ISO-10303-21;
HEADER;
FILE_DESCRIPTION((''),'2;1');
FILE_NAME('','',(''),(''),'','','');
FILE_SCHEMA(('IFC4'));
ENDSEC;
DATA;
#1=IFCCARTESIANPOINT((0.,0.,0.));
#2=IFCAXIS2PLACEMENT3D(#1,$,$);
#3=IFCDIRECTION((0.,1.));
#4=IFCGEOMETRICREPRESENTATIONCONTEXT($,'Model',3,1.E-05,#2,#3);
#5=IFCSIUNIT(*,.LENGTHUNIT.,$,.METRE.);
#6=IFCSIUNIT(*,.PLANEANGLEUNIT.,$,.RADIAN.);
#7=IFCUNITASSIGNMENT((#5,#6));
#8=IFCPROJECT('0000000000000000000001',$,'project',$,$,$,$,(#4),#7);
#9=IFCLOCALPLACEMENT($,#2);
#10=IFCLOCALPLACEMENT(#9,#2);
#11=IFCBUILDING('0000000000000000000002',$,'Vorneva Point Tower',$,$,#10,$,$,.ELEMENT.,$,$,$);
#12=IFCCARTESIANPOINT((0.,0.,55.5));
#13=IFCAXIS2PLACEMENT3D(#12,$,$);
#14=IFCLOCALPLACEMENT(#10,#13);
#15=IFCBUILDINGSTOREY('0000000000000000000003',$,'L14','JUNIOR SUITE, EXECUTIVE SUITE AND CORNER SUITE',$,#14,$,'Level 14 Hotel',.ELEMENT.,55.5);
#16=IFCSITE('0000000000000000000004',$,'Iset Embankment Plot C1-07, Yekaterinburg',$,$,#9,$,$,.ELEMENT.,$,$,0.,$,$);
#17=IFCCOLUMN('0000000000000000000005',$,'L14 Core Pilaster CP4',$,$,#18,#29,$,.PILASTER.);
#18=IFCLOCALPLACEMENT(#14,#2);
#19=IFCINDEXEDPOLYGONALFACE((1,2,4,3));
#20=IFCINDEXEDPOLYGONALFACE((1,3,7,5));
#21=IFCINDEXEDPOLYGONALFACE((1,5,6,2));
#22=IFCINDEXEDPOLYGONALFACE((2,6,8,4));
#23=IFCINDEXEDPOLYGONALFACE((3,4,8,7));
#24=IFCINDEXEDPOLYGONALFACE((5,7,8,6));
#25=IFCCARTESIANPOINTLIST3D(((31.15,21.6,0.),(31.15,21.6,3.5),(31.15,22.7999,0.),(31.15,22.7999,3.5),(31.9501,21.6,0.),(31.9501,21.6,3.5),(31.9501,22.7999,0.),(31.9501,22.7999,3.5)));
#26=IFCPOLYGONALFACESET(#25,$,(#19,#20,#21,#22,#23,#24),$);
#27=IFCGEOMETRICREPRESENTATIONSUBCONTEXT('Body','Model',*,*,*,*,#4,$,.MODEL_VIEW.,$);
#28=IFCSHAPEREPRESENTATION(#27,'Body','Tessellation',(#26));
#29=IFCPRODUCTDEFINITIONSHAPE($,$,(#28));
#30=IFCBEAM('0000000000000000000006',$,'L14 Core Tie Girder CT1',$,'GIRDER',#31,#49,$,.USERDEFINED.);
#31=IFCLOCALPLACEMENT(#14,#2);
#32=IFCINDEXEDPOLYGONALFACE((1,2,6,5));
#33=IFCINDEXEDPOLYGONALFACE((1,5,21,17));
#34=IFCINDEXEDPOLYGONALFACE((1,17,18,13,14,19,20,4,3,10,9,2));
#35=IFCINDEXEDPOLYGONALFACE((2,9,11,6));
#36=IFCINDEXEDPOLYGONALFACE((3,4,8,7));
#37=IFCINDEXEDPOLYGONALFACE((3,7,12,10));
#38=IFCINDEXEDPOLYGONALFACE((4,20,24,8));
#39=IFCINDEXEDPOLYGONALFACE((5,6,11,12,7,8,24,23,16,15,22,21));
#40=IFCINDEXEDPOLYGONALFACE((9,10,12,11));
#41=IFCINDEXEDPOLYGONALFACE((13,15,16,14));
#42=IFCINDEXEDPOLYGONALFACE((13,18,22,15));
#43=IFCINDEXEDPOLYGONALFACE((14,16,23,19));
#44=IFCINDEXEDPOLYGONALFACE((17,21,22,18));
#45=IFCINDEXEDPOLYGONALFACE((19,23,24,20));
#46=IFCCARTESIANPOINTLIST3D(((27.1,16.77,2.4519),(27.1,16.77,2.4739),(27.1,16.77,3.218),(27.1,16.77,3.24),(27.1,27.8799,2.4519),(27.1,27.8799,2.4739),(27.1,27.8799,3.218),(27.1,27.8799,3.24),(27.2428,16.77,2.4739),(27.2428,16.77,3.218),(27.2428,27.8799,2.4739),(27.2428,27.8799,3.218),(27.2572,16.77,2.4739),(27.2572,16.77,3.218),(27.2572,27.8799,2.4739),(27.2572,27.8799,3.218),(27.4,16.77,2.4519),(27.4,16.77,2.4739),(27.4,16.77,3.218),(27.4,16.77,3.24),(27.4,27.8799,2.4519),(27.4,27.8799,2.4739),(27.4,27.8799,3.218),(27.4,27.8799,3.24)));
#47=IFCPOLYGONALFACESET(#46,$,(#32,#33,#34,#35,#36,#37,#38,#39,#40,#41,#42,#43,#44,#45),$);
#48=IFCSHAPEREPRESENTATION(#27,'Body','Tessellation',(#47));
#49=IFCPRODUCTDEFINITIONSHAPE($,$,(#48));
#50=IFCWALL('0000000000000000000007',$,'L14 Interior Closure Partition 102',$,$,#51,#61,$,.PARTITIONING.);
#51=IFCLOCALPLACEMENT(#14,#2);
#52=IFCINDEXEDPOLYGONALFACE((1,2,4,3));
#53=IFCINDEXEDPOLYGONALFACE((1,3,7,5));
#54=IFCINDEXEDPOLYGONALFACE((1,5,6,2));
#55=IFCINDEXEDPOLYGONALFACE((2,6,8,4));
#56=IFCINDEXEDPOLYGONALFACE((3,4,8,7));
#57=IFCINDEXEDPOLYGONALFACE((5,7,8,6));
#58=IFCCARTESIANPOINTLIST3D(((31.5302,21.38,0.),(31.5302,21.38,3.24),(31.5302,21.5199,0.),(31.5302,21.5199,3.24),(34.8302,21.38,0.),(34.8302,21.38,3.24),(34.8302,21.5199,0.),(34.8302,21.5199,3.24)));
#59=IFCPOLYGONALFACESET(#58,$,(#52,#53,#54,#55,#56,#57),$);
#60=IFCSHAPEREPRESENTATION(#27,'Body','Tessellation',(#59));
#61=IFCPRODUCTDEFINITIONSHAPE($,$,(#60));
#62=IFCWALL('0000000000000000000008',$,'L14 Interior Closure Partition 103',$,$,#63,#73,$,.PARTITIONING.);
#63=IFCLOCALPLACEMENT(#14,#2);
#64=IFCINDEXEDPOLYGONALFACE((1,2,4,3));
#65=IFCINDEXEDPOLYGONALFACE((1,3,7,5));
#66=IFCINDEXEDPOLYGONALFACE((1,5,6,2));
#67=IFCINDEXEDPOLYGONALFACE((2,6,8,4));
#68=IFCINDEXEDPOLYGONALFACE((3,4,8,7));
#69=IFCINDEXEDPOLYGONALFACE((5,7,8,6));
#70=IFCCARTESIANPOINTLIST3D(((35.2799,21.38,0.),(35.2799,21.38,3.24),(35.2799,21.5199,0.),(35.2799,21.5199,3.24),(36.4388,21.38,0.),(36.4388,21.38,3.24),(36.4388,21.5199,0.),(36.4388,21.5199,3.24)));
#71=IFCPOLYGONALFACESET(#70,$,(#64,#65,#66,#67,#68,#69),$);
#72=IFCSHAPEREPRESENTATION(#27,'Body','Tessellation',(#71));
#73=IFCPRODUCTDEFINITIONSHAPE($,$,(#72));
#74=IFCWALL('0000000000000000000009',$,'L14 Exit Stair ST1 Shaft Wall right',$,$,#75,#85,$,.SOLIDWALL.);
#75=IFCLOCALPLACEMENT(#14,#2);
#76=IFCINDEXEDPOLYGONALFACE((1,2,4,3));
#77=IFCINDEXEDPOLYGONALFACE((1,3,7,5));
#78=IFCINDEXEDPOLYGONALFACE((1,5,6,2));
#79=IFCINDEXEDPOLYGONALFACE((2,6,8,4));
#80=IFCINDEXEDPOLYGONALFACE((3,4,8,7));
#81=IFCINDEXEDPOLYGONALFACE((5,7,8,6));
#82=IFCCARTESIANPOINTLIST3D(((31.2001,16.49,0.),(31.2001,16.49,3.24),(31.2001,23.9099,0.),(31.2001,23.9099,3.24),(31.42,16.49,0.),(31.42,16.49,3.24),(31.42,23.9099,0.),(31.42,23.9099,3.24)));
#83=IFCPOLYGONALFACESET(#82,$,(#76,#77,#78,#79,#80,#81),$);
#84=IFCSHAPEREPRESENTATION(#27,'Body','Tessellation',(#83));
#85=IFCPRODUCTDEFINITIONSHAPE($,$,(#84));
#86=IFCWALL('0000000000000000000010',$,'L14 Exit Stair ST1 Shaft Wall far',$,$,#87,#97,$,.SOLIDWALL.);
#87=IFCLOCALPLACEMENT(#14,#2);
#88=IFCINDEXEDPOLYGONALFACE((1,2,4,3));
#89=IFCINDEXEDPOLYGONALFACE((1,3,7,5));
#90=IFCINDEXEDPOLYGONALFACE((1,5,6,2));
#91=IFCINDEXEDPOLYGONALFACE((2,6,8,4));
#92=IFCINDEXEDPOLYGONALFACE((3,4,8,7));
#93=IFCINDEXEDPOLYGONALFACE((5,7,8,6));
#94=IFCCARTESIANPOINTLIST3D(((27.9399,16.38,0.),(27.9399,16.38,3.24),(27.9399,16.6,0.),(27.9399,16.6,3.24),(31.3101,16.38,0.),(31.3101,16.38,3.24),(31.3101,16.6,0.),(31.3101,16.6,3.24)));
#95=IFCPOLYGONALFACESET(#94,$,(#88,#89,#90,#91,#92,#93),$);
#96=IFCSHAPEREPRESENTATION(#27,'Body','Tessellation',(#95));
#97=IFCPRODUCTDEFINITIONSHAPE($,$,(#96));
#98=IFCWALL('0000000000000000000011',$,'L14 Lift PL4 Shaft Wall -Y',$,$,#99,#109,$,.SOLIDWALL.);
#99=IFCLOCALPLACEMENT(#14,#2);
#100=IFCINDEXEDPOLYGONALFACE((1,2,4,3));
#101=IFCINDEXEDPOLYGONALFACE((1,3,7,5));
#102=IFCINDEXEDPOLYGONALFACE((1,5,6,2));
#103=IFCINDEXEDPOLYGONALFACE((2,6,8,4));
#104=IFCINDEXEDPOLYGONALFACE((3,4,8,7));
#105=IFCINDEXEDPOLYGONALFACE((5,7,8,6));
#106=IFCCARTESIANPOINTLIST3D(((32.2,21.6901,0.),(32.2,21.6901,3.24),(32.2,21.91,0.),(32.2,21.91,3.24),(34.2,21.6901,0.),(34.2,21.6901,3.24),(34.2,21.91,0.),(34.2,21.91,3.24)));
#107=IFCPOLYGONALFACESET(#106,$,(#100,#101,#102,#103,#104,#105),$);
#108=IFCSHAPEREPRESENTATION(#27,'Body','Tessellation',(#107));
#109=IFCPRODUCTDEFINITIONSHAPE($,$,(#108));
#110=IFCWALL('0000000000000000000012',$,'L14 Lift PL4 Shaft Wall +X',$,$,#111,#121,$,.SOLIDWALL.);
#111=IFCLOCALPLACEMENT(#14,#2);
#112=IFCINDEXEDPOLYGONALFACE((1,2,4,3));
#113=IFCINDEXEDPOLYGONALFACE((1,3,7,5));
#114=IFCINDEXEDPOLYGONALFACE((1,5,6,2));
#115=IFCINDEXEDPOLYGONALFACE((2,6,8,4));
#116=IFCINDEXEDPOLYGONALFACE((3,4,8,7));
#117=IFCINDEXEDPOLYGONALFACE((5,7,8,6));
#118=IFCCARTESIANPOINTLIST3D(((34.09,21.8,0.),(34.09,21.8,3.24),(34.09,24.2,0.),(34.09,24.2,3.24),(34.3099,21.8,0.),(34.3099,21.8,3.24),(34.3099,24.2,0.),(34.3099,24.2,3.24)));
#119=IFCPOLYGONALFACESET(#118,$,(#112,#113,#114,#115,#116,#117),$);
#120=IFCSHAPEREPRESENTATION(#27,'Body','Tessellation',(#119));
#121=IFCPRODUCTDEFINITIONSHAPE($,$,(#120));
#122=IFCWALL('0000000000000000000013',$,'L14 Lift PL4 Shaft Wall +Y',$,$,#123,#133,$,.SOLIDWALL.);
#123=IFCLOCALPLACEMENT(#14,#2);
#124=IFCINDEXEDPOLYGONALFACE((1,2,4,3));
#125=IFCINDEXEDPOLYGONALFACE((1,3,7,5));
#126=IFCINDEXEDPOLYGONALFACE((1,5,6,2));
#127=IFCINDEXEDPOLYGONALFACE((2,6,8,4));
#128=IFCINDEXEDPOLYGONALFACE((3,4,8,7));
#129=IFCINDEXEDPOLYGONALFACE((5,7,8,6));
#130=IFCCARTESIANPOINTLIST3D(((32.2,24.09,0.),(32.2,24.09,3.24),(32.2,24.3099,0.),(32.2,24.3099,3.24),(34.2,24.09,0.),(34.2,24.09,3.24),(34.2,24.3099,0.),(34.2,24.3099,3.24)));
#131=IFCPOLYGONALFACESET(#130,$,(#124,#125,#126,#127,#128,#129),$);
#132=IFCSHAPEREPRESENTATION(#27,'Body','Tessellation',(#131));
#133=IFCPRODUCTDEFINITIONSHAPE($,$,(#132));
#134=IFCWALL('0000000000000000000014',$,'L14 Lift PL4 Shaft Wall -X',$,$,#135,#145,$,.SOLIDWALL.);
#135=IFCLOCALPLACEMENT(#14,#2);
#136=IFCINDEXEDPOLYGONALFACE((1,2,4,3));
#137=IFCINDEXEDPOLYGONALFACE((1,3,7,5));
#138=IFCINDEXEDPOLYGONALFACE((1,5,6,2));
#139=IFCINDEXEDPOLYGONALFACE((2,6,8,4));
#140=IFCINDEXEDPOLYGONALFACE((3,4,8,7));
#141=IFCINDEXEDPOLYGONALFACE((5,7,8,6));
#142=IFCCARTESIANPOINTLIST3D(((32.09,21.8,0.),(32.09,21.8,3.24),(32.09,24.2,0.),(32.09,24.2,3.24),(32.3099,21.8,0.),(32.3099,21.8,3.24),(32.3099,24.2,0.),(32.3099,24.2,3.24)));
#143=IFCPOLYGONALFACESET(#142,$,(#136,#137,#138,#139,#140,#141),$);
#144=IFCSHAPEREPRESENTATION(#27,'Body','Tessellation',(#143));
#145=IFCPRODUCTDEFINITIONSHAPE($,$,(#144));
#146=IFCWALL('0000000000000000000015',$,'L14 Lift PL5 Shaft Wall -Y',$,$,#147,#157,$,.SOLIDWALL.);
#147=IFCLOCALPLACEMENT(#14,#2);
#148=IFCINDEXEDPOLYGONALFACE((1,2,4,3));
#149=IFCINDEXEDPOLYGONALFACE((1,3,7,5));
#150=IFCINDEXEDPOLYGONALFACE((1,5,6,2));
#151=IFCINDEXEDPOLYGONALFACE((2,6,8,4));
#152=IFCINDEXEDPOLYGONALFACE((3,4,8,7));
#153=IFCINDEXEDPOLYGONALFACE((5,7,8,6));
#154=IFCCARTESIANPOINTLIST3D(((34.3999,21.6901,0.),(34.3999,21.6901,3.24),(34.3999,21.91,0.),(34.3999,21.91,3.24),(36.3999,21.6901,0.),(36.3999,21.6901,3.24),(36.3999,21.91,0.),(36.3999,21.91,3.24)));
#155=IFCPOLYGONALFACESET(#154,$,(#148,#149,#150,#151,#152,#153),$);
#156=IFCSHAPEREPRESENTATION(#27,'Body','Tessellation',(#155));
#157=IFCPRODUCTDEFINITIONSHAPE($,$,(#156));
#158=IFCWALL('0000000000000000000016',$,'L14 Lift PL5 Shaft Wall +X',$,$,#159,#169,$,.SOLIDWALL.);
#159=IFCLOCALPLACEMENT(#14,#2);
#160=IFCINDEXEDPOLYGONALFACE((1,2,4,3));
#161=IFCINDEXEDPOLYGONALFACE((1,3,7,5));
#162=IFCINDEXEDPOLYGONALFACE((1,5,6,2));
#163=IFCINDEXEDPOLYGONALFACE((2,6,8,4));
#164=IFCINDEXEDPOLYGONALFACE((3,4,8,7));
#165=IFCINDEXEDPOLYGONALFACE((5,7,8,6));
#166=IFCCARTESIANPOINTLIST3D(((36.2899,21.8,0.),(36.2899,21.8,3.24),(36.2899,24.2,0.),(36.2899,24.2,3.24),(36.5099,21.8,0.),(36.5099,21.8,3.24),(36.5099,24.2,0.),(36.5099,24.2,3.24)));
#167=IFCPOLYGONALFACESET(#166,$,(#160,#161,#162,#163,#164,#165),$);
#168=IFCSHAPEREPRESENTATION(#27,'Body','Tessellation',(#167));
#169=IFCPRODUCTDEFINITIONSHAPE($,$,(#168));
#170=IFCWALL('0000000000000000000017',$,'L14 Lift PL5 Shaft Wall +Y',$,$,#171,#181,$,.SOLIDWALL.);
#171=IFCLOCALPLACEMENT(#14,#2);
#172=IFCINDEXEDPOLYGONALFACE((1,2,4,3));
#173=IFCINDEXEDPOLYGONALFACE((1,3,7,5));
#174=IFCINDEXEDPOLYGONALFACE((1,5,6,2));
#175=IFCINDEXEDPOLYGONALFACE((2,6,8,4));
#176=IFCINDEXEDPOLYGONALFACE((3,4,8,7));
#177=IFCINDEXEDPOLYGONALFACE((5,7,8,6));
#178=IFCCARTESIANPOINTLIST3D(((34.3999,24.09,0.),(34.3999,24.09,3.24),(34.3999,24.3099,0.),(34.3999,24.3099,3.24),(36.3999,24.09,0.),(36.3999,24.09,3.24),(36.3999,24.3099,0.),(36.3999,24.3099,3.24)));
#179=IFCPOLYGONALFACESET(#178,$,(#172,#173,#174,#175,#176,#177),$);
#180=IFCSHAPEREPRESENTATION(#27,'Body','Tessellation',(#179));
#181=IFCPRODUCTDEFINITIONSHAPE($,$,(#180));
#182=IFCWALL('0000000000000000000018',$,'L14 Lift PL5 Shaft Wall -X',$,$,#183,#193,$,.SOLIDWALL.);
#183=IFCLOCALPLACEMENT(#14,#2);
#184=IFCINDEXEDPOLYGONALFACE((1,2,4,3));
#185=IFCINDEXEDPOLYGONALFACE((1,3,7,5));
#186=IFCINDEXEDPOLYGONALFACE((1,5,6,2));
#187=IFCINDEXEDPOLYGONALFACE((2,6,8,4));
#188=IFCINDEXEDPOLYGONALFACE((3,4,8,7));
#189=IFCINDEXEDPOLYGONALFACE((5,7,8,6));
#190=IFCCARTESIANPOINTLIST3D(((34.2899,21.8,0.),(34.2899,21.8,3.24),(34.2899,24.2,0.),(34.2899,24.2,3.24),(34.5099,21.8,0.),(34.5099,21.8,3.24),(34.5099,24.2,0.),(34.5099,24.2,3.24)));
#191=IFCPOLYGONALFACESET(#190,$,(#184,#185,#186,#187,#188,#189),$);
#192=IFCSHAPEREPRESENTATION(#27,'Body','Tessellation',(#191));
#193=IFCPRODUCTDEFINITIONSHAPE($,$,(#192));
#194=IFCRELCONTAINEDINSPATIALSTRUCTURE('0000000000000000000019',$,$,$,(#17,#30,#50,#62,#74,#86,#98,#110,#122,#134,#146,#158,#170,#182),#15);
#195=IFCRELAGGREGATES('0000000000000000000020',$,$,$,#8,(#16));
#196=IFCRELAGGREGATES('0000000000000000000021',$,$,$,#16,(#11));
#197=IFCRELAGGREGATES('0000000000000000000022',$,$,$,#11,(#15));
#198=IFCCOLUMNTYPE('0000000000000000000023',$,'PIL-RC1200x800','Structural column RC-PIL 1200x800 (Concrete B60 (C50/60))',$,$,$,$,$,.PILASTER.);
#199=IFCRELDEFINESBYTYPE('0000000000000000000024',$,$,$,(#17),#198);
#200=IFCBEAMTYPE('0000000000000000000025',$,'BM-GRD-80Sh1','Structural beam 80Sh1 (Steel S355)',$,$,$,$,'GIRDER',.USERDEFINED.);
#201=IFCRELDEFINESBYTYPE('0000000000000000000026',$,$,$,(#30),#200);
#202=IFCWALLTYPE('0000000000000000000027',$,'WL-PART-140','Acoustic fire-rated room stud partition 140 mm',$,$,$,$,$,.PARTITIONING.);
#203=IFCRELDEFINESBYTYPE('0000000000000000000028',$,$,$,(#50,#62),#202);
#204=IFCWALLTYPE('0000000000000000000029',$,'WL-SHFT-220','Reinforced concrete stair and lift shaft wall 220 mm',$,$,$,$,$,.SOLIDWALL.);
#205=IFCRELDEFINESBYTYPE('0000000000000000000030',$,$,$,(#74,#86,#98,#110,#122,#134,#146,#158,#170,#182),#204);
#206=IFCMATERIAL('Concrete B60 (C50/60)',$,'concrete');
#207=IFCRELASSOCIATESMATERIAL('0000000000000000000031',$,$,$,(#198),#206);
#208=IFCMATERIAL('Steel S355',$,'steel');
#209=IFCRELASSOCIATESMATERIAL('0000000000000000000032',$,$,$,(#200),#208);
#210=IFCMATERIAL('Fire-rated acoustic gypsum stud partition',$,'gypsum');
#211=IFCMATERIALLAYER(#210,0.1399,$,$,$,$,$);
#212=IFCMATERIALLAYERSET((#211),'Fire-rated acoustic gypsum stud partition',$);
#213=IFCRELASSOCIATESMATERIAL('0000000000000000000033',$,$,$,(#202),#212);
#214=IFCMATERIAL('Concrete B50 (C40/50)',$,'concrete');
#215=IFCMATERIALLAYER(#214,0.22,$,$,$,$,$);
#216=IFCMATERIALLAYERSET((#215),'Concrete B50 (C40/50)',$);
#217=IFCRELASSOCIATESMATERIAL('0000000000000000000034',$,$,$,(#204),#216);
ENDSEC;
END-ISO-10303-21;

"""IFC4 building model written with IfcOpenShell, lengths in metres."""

from ifc_helpers import new_model, si_unit, direction, frame, frame_2d, origin, origin_2d, place, context, subcontext, project, spatial, rectangle, i_section, extrude, material, layer, layer_set, material_profile, profile_set, type_object, element, save


model = new_model("IFC4")

# Units and contexts
model_context = context("Model", 3, precision=1e-05, world=origin(), true_north=direction((0.0, 1.0)))
body_context = subcontext(model_context, "Body", "Model", "MODEL_VIEW")
ifc_project = project(units=[si_unit("LENGTHUNIT", "METRE"), si_unit("PLANEANGLEUNIT", "RADIAN")], contexts=[model_context])

# Site, building, storey
site_placement = place(None, origin())
site = spatial("IfcSite", under=ifc_project, at=site_placement, Name="Iset Embankment Plot C1-07, Yekaterinburg", CompositionType="ELEMENT", RefElevation=0.0)
building_placement = place(site_placement, origin())
building = spatial("IfcBuilding", under=site, at=building_placement, Name="Vorneva Point Tower", CompositionType="ELEMENT")
storey_placement = place(building_placement, frame((0.0, 0.0, 55.5)))
storey = spatial("IfcBuildingStorey", under=building, at=storey_placement, Name="L14", Description="JUNIOR SUITE, EXECUTIVE SUITE AND CORNER SUITE", LongName="Level 14 Hotel", CompositionType="ELEMENT", Elevation=55.5)

# Column
ifc_material_1 = material(Name="Concrete B60 (C50/60)", Category="concrete")
ifc_material_profile_1 = material_profile(ifc_material_1, rectangle(XDim=0.8, YDim=1.2, at=origin_2d()), Name="RC-PIL 1200x800")
ifc_profile_set_1 = profile_set([ifc_material_profile_1], Name="Concrete B60 (C50/60)")
column_type = type_object("IfcColumnType", Name="PIL-RC1200x800", Description="Structural column RC-PIL 1200x800 (Concrete B60 (C50/60))", PredefinedType="PILASTER", material=ifc_profile_set_1)
column_placement = place(storey_placement, frame((31.55, 22.2, 0.0), z_axis=(0.0, 0.0, 1.0), x_axis=(1.0, 0.0, 0.0)))
element("IfcColumn", 1, at=column_placement, inside=storey, type_object=column_type, Name="L14 Core Pilaster CP4", PredefinedType="PILASTER", context=body_context, shape_type="SweptSolid", body=[
    extrude(rectangle(XDim=0.8, YDim=1.2, at=origin_2d()), origin(), (0.0, 0.0, 1.0), 3.5),
])

# Beam
ifc_material_2 = material(Name="Steel S355", Category="steel")
ifc_material_profile_2 = material_profile(ifc_material_2, i_section(OverallWidth=0.3, OverallDepth=0.7881, WebThickness=0.0144, FlangeThickness=0.022, at=origin_2d()), Name="80Sh1")
ifc_profile_set_2 = profile_set([ifc_material_profile_2], Name="Steel S355")
beam_type = type_object("IfcBeamType", Name="BM-GRD-80Sh1", Description="Structural beam 80Sh1 (Steel S355)", ElementType="GIRDER", PredefinedType="USERDEFINED", material=ifc_profile_set_2)
beam_placement = place(storey_placement, frame((27.25, 16.77, 2.8459), z_axis=(0.0, 1.0, 0.0), x_axis=(-1.0, 0.0, 0.0)))
element("IfcBeam", 2, at=beam_placement, inside=storey, type_object=beam_type, Name="L14 Core Tie Girder CT1", ObjectType="GIRDER", PredefinedType="USERDEFINED", context=body_context, shape_type="SweptSolid", body=[
    extrude(i_section(OverallWidth=0.3, OverallDepth=0.7881, WebThickness=0.0144, FlangeThickness=0.022, at=origin_2d()), origin(), (0.0, 0.0, 1.0), 11.1099),
])

# Walls
ifc_material_3 = material(Name="Fire-rated acoustic gypsum stud partition", Category="gypsum")
ifc_layer_1 = layer(ifc_material_3, 0.1399)
ifc_layer_set_1 = layer_set([ifc_layer_1], Name="Fire-rated acoustic gypsum stud partition")
wall_type_1 = type_object("IfcWallType", Name="WL-PART-140", Description="Acoustic fire-rated room stud partition 140 mm", PredefinedType="PARTITIONING", material=ifc_layer_set_1)
wall_1_placement = place(storey_placement, frame((34.8301, 21.45, 0.0), z_axis=(0.0, 0.0, 1.0), x_axis=(-1.0, 0.0, 0.0)))
element("IfcWall", 3, at=wall_1_placement, inside=storey, type_object=wall_type_1, Name="L14 Interior Closure Partition 102", PredefinedType="PARTITIONING", context=body_context, shape_type="SweptSolid", body=[
    extrude(rectangle(XDim=3.3, YDim=0.1399, at=frame_2d((1.6499, 0.0))), origin(), (0.0, 0.0, 1.0), 3.24),
])
wall_2_placement = place(storey_placement, frame((36.439, 21.45, 0.0), z_axis=(0.0, 0.0, 1.0), x_axis=(-1.0, 0.0, 0.0)))
element("IfcWall", 4, at=wall_2_placement, inside=storey, type_object=wall_type_1, Name="L14 Interior Closure Partition 103", PredefinedType="PARTITIONING", context=body_context, shape_type="SweptSolid", body=[
    extrude(rectangle(XDim=1.1589, YDim=0.1399, at=frame_2d((0.5796, 0.0))), origin(), (0.0, 0.0, 1.0), 3.24),
])

# Shared definitions
ifc_material_4 = material(Name="Concrete B50 (C40/50)", Category="concrete")
ifc_layer_2 = layer(ifc_material_4, 0.22)
ifc_layer_set_2 = layer_set([ifc_layer_2], Name="Concrete B50 (C40/50)")
wall_type_2 = type_object("IfcWallType", Name="WL-SHFT-220", Description="Reinforced concrete stair and lift shaft wall 220 mm", PredefinedType="SOLIDWALL", material=ifc_layer_set_2)

# Walls
wall_3_placement = place(storey_placement, frame((31.3101, 23.9099, 0.0), z_axis=(0.0, 0.0, 1.0), x_axis=(0.0, -1.0, 0.0)))
element("IfcWall", 5, at=wall_3_placement, inside=storey, type_object=wall_type_2, Name="L14 Exit Stair ST1 Shaft Wall right", PredefinedType="SOLIDWALL", context=body_context, shape_type="SweptSolid", body=[
    extrude(rectangle(XDim=7.4199, YDim=0.22, at=frame_2d((3.71, 0.0))), origin(), (0.0, 0.0, 1.0), 3.24),
])
wall_4_placement = place(storey_placement, frame((31.3101, 16.49, 0.0), z_axis=(0.0, 0.0, 1.0), x_axis=(-1.0, 0.0, 0.0)))
element("IfcWall", 6, at=wall_4_placement, inside=storey, type_object=wall_type_2, Name="L14 Exit Stair ST1 Shaft Wall far", PredefinedType="SOLIDWALL", context=body_context, shape_type="SweptSolid", body=[
    extrude(rectangle(XDim=3.3701, YDim=0.22, at=frame_2d((1.6851, 0.0))), origin(), (0.0, 0.0, 1.0), 3.24),
])
wall_5_placement = place(storey_placement, frame((32.2, 21.8, 0.0), z_axis=(0.0, 0.0, 1.0), x_axis=(1.0, 0.0, 0.0)))
element("IfcWall", 7, at=wall_5_placement, inside=storey, type_object=wall_type_2, Name="L14 Lift PL4 Shaft Wall -Y", PredefinedType="SOLIDWALL", context=body_context, shape_type="SweptSolid", body=[
    extrude(rectangle(XDim=2.0, YDim=0.22, at=frame_2d((1.0, 0.0))), origin(), (0.0, 0.0, 1.0), 3.24),
])
wall_6_placement = place(storey_placement, frame((34.2, 21.8, 0.0), z_axis=(0.0, 0.0, 1.0), x_axis=(0.0, 1.0, 0.0)))
element("IfcWall", 8, at=wall_6_placement, inside=storey, type_object=wall_type_2, Name="L14 Lift PL4 Shaft Wall +X", PredefinedType="SOLIDWALL", context=body_context, shape_type="SweptSolid", body=[
    extrude(rectangle(XDim=2.3999, YDim=0.22, at=frame_2d((1.2, 0.0))), origin(), (0.0, 0.0, 1.0), 3.24),
])
wall_7_placement = place(storey_placement, frame((34.2, 24.2, 0.0), z_axis=(0.0, 0.0, 1.0), x_axis=(-1.0, 0.0, 0.0)))
element("IfcWall", 9, at=wall_7_placement, inside=storey, type_object=wall_type_2, Name="L14 Lift PL4 Shaft Wall +Y", PredefinedType="SOLIDWALL", context=body_context, shape_type="SweptSolid", body=[
    extrude(rectangle(XDim=2.0, YDim=0.22, at=frame_2d((1.0, 0.0))), origin(), (0.0, 0.0, 1.0), 3.24),
])
wall_8_placement = place(storey_placement, frame((32.2, 24.2, 0.0), z_axis=(0.0, 0.0, 1.0), x_axis=(0.0, -1.0, 0.0)))
element("IfcWall", 10, at=wall_8_placement, inside=storey, type_object=wall_type_2, Name="L14 Lift PL4 Shaft Wall -X", PredefinedType="SOLIDWALL", context=body_context, shape_type="SweptSolid", body=[
    extrude(rectangle(XDim=2.3999, YDim=0.22, at=frame_2d((1.2, 0.0))), origin(), (0.0, 0.0, 1.0), 3.24),
])
wall_9_placement = place(storey_placement, frame((34.3999, 21.8, 0.0), z_axis=(0.0, 0.0, 1.0), x_axis=(1.0, 0.0, 0.0)))
element("IfcWall", 11, at=wall_9_placement, inside=storey, type_object=wall_type_2, Name="L14 Lift PL5 Shaft Wall -Y", PredefinedType="SOLIDWALL", context=body_context, shape_type="SweptSolid", body=[
    extrude(rectangle(XDim=2.0, YDim=0.22, at=frame_2d((1.0, 0.0))), origin(), (0.0, 0.0, 1.0), 3.24),
])
wall_10_placement = place(storey_placement, frame((36.3999, 21.8, 0.0), z_axis=(0.0, 0.0, 1.0), x_axis=(0.0, 1.0, 0.0)))
element("IfcWall", 12, at=wall_10_placement, inside=storey, type_object=wall_type_2, Name="L14 Lift PL5 Shaft Wall +X", PredefinedType="SOLIDWALL", context=body_context, shape_type="SweptSolid", body=[
    extrude(rectangle(XDim=2.3999, YDim=0.22, at=frame_2d((1.2, 0.0))), origin(), (0.0, 0.0, 1.0), 3.24),
])
wall_11_placement = place(storey_placement, frame((36.3999, 24.2, 0.0), z_axis=(0.0, 0.0, 1.0), x_axis=(-1.0, 0.0, 0.0)))
element("IfcWall", 13, at=wall_11_placement, inside=storey, type_object=wall_type_2, Name="L14 Lift PL5 Shaft Wall +Y", PredefinedType="SOLIDWALL", context=body_context, shape_type="SweptSolid", body=[
    extrude(rectangle(XDim=2.0, YDim=0.22, at=frame_2d((1.0, 0.0))), origin(), (0.0, 0.0, 1.0), 3.24),
])
wall_12_placement = place(storey_placement, frame((34.3999, 24.2, 0.0), z_axis=(0.0, 0.0, 1.0), x_axis=(0.0, -1.0, 0.0)))
element("IfcWall", 14, at=wall_12_placement, inside=storey, type_object=wall_type_2, Name="L14 Lift PL5 Shaft Wall -X", PredefinedType="SOLIDWALL", context=body_context, shape_type="SweptSolid", body=[
    extrude(rectangle(XDim=2.3999, YDim=0.22, at=frame_2d((1.2, 0.0))), origin(), (0.0, 0.0, 1.0), 3.24),
])

save(model, "model.ifc")
